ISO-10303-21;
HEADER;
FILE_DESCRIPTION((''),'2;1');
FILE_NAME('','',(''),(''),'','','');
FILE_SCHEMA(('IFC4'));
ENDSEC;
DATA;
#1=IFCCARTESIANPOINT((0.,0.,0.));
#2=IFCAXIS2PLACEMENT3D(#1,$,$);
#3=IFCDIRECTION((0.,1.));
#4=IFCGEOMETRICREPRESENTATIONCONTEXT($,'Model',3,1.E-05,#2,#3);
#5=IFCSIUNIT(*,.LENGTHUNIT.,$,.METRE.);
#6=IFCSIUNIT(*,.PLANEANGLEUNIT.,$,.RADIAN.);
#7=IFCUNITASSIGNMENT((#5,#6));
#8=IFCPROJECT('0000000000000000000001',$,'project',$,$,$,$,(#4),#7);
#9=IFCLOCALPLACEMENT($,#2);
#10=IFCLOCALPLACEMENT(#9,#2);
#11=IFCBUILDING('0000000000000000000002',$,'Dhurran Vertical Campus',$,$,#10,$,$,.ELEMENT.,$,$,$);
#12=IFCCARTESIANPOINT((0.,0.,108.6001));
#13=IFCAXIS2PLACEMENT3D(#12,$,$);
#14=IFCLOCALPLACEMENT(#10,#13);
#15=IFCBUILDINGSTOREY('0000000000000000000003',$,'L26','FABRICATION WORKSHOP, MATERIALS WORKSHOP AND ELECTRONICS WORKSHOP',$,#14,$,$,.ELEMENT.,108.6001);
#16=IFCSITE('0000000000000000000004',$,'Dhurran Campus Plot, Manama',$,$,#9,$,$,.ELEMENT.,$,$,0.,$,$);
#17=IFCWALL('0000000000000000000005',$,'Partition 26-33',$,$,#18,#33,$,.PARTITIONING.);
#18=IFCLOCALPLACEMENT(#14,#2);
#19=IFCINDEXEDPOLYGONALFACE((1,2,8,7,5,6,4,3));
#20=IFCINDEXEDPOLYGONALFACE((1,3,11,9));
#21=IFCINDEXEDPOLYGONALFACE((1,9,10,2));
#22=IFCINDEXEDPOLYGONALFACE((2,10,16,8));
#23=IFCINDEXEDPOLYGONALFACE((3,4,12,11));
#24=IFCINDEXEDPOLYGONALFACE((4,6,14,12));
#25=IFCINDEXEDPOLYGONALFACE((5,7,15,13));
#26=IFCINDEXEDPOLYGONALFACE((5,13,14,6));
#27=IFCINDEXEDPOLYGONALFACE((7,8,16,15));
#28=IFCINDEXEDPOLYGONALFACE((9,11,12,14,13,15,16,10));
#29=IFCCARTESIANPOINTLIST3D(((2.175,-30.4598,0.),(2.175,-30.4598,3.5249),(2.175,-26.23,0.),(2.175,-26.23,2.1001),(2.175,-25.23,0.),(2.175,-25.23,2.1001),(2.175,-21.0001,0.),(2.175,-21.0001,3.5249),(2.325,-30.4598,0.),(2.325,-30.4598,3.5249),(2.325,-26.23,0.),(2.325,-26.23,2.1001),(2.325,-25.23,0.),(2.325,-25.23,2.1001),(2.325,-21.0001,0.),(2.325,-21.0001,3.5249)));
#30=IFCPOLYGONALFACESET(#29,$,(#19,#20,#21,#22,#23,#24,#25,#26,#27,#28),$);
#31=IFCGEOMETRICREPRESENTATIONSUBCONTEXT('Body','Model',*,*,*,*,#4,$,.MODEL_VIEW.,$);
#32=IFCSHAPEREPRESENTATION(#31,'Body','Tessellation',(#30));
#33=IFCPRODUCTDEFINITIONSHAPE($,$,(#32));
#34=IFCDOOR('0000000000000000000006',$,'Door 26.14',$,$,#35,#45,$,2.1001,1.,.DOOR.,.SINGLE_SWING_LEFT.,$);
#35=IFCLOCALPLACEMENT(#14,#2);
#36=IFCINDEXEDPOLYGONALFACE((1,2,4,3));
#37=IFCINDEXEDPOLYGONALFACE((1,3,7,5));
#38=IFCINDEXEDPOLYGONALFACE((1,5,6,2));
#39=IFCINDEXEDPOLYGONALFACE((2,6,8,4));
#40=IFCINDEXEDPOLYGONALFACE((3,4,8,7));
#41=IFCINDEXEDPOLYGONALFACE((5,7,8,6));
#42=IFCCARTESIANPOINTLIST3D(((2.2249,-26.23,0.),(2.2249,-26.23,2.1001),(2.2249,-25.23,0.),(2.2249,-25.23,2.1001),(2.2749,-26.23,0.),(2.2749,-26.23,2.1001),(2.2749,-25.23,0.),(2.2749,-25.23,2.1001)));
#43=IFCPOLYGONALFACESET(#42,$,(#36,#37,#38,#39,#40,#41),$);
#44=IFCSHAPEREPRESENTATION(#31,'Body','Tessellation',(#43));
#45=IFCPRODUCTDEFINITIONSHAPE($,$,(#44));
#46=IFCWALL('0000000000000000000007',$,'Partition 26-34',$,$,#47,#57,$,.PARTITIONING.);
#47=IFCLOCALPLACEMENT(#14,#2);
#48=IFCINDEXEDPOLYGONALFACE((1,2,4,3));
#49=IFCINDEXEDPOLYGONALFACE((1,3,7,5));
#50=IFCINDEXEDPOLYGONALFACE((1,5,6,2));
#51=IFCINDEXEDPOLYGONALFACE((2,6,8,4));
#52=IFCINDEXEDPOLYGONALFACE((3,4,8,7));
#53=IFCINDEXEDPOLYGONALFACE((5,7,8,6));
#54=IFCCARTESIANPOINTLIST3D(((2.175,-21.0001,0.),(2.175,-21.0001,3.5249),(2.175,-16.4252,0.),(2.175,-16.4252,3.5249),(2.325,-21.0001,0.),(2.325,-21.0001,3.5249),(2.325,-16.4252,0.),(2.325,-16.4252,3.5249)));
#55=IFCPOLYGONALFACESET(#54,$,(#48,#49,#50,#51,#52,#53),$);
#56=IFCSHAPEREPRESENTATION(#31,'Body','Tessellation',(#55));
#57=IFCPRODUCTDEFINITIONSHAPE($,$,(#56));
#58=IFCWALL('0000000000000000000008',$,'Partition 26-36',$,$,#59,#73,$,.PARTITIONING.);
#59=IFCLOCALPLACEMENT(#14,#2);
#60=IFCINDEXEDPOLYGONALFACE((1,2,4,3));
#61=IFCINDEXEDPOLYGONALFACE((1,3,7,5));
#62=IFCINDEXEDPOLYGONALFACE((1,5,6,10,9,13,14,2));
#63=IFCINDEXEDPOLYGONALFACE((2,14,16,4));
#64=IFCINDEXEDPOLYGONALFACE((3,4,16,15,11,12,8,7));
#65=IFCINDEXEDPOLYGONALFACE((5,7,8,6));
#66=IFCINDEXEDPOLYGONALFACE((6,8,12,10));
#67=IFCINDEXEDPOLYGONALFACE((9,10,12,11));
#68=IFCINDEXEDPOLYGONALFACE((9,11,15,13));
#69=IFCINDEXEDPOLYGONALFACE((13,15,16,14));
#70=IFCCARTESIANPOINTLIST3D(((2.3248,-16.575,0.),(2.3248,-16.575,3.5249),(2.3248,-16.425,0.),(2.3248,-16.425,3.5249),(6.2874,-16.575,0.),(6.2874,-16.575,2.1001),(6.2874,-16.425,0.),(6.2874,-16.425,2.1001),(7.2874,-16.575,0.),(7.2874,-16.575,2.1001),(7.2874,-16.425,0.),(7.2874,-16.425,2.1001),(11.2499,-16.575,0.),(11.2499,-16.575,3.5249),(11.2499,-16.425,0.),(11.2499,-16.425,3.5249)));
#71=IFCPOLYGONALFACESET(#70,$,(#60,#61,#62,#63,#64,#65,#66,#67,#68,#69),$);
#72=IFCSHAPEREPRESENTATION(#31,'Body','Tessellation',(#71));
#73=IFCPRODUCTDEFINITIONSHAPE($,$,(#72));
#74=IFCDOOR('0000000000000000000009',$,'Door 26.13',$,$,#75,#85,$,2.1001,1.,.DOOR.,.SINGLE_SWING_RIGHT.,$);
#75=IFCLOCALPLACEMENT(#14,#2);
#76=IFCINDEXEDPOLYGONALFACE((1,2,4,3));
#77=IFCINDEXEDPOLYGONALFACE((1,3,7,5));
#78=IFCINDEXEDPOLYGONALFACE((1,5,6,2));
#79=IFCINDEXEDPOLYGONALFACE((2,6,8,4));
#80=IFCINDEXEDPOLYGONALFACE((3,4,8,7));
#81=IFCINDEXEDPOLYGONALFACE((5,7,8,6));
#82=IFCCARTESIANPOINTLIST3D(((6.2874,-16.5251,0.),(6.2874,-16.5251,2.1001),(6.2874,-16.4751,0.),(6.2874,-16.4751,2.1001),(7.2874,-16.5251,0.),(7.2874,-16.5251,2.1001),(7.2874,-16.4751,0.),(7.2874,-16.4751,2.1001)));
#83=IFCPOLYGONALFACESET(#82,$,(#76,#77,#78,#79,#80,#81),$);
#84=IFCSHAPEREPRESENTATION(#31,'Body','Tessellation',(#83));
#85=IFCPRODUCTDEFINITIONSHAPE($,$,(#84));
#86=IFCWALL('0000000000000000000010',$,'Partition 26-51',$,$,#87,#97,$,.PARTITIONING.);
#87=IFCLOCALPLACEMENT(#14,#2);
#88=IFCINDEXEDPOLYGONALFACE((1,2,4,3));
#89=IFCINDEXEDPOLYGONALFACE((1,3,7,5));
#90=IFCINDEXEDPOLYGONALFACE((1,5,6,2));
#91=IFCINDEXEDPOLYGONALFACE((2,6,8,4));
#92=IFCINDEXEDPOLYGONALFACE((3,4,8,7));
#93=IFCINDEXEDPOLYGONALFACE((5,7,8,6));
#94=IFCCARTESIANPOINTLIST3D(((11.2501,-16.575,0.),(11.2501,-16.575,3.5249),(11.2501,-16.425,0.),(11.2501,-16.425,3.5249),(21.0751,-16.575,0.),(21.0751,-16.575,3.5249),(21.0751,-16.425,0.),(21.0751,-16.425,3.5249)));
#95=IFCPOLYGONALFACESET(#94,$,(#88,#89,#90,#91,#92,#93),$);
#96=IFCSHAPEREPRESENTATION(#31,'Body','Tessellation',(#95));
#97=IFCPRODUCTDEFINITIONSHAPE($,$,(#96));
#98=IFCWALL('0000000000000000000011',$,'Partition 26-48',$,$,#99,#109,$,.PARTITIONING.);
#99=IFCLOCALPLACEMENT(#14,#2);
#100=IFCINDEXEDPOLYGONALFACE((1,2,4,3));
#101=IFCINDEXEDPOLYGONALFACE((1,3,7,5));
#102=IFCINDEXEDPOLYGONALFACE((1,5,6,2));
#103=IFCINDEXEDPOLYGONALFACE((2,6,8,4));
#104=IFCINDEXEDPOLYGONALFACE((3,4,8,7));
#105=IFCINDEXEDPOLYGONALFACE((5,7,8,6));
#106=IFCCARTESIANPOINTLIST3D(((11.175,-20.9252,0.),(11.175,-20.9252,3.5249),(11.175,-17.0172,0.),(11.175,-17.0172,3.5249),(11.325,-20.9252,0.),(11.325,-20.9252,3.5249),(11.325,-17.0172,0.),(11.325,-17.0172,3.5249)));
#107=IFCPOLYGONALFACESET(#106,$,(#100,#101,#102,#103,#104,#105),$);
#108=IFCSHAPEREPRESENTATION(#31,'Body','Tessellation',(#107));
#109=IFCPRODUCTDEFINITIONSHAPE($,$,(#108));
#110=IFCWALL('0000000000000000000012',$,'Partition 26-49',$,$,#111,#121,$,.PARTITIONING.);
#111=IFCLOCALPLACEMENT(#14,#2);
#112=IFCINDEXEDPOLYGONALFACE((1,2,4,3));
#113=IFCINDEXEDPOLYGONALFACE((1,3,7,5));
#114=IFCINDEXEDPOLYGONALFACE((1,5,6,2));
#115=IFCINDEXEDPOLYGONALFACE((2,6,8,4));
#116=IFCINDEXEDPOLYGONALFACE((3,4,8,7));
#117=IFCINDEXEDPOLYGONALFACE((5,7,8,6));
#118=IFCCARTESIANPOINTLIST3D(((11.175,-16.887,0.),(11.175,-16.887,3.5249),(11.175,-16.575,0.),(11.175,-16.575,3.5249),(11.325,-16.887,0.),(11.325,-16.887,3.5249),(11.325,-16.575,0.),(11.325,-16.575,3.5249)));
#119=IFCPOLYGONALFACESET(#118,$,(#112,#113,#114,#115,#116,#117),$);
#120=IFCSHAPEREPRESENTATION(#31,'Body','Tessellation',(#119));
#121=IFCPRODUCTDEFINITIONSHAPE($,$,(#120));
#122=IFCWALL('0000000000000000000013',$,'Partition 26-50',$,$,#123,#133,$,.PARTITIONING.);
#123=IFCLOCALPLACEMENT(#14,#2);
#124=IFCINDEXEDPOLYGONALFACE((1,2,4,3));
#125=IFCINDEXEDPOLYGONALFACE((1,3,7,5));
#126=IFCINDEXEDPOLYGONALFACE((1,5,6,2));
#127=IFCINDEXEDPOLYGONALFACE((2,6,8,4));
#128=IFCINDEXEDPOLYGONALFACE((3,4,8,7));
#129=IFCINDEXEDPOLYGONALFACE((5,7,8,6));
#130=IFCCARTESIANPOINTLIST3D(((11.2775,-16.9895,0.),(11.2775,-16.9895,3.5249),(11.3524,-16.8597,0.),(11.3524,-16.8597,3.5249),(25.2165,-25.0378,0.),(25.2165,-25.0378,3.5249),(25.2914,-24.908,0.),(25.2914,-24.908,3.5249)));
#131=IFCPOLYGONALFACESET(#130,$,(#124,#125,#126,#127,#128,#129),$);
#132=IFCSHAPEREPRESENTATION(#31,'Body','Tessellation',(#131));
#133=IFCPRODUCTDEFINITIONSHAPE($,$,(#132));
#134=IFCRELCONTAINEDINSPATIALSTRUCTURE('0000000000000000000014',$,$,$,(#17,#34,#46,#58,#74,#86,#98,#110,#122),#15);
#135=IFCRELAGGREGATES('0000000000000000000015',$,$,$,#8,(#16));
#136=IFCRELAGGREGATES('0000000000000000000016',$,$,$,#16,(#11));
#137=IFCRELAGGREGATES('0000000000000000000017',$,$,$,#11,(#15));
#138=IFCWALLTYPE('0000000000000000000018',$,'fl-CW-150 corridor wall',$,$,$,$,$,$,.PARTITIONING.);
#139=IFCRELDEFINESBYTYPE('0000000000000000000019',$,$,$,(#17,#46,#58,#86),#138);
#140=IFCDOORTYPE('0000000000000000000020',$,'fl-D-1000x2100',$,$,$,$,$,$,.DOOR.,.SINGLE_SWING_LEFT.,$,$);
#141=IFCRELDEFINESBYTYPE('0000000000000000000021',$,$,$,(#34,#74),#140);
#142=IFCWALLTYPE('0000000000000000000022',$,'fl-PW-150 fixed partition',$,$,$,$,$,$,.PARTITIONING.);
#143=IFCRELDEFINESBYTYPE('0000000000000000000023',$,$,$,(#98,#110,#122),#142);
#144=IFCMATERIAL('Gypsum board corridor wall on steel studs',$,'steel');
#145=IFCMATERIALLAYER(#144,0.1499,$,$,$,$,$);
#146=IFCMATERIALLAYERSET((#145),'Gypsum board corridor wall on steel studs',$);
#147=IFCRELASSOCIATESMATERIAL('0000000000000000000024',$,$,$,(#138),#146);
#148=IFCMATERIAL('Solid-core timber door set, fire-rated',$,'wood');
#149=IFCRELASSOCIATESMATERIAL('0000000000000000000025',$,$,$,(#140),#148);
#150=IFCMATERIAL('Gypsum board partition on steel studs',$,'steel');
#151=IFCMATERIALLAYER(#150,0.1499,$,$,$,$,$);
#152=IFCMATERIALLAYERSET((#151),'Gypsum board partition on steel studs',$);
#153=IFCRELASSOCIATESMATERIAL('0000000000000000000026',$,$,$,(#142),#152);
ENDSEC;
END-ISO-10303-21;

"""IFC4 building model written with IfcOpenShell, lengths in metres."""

from ifc_helpers import new_model, si_unit, direction, frame, frame_2d, origin, place, context, subcontext, project, spatial, rectangle, extrude, material, layer, layer_set, type_object, element, fill, save


model = new_model("IFC4")

# Units and contexts
model_context = context("Model", 3, precision=1e-05, world=origin(), true_north=direction((0.0, 1.0)))
body_context = subcontext(model_context, "Body", "Model", "MODEL_VIEW")
ifc_project = project(units=[si_unit("LENGTHUNIT", "METRE"), si_unit("PLANEANGLEUNIT", "RADIAN")], contexts=[model_context])

# Site, building, storey
site_placement = place(None, origin())
site = spatial("IfcSite", under=ifc_project, at=site_placement, Name="Dhurran Campus Plot, Manama", CompositionType="ELEMENT", RefElevation=0.0)
building_placement = place(site_placement, origin())
building = spatial("IfcBuilding", under=site, at=building_placement, Name="Dhurran Vertical Campus", CompositionType="ELEMENT")
storey_placement = place(building_placement, frame((0.0, 0.0, 108.6001)))
storey = spatial("IfcBuildingStorey", under=building, at=storey_placement, Name="L26", Description="FABRICATION WORKSHOP, MATERIALS WORKSHOP AND ELECTRONICS WORKSHOP", CompositionType="ELEMENT", Elevation=108.6001)

# Wall, opening, door
ifc_material_1 = material(Name="Gypsum board corridor wall on steel studs", Category="steel")
ifc_layer_1 = layer(ifc_material_1, 0.1499)
ifc_layer_set_1 = layer_set([ifc_layer_1], Name="Gypsum board corridor wall on steel studs")
wall_type_1 = type_object("IfcWallType", Name="fl-CW-150 corridor wall", PredefinedType="PARTITIONING", material=ifc_layer_set_1)
wall_1_placement = place(storey_placement, frame((2.25, -21.0, 0.0), z_axis=(0.0, 0.0, 1.0), x_axis=(0.0, -1.0, 0.0)))
wall_1 = element("IfcWall", 1, at=wall_1_placement, inside=storey, type_object=wall_type_1, Name="Partition 26-33", PredefinedType="PARTITIONING", context=body_context, shape_type="SweptSolid", body=[
    extrude(rectangle(XDim=9.4597, YDim=0.1499, at=frame_2d((4.73, 0.0))), origin(), (0.0, 0.0, 1.0), 3.5249),
])
opening_1_placement = place(wall_1_placement, frame((4.23, 0.0, 0.0)))
opening_1 = element("IfcOpeningElement", 2, at=opening_1_placement, cuts=wall_1, PredefinedType="OPENING", context=body_context, shape_type="SweptSolid", body=[
    extrude(rectangle(XDim=1.0, YDim=2.1001, at=frame_2d((0.5, 1.05))), frame((0.0, 0.085, 0.0), z_axis=(0.0, -1.0, 0.0), x_axis=(1.0, 0.0, 0.0)), (0.0, 0.0, 1.0), 0.1699),
])
ifc_material_2 = material(Name="Solid-core timber door set, fire-rated", Category="wood")
door_type_1 = type_object("IfcDoorType", Name="fl-D-1000x2100", OperationType="SINGLE_SWING_LEFT", PredefinedType="DOOR", material=ifc_material_2)
door_1_placement = place(opening_1_placement, origin())
door_1 = element("IfcDoor", 3, at=door_1_placement, inside=storey, type_object=door_type_1, Name="Door 26.14", OperationType="SINGLE_SWING_LEFT", OverallHeight=2.1001, OverallWidth=1.0, PredefinedType="DOOR", context=body_context, shape_type="SweptSolid", body=[
    extrude(rectangle(XDim=1.0, YDim=2.1001, at=frame_2d((0.5, 1.05))), frame((0.0, 0.0249, 0.0), z_axis=(0.0, -1.0, 0.0), x_axis=(1.0, 0.0, 0.0)), (0.0, 0.0, 1.0), 0.05),
])
fill(opening_1, door_1)

# Wall
wall_2_placement = place(storey_placement, frame((2.25, -16.425, 0.0), z_axis=(0.0, 0.0, 1.0), x_axis=(0.0, -1.0, 0.0)))
element("IfcWall", 4, at=wall_2_placement, inside=storey, type_object=wall_type_1, Name="Partition 26-34", PredefinedType="PARTITIONING", context=body_context, shape_type="SweptSolid", body=[
    extrude(rectangle(XDim=4.575, YDim=0.1499, at=frame_2d((2.2876, 0.0))), origin(), (0.0, 0.0, 1.0), 3.5249),
])

# Wall, opening, door
wall_3_placement = place(storey_placement, frame((2.325, -16.5, 0.0), z_axis=(0.0, 0.0, 1.0), x_axis=(1.0, 0.0, 0.0)))
wall_3 = element("IfcWall", 5, at=wall_3_placement, inside=storey, type_object=wall_type_1, Name="Partition 26-36", PredefinedType="PARTITIONING", context=body_context, shape_type="SweptSolid", body=[
    extrude(rectangle(XDim=8.925, YDim=0.1499, at=frame_2d((4.4624, 0.0))), origin(), (0.0, 0.0, 1.0), 3.5249),
])
opening_2_placement = place(wall_3_placement, frame((3.9624, 0.0, 0.0)))
opening_2 = element("IfcOpeningElement", 6, at=opening_2_placement, cuts=wall_3, PredefinedType="OPENING", context=body_context, shape_type="SweptSolid", body=[
    extrude(rectangle(XDim=1.0, YDim=2.1001, at=frame_2d((0.5, 1.05))), frame((0.0, 0.085, 0.0), z_axis=(0.0, -1.0, 0.0), x_axis=(1.0, 0.0, 0.0)), (0.0, 0.0, 1.0), 0.1699),
])
door_2_placement = place(opening_2_placement, origin())
door_2 = element("IfcDoor", 7, at=door_2_placement, inside=storey, type_object=door_type_1, Name="Door 26.13", OperationType="SINGLE_SWING_RIGHT", OverallHeight=2.1001, OverallWidth=1.0, PredefinedType="DOOR", context=body_context, shape_type="SweptSolid", body=[
    extrude(rectangle(XDim=1.0, YDim=2.1001, at=frame_2d((0.5, 1.05))), frame((0.0, 0.0249, 0.0), z_axis=(0.0, -1.0, 0.0), x_axis=(1.0, 0.0, 0.0)), (0.0, 0.0, 1.0), 0.05),
])
fill(opening_2, door_2)

# Walls
wall_4_placement = place(storey_placement, frame((11.25, -16.5, 0.0), z_axis=(0.0, 0.0, 1.0), x_axis=(1.0, 0.0, 0.0)))
element("IfcWall", 8, at=wall_4_placement, inside=storey, type_object=wall_type_1, Name="Partition 26-51", PredefinedType="PARTITIONING", context=body_context, shape_type="SweptSolid", body=[
    extrude(rectangle(XDim=9.825, YDim=0.1499, at=frame_2d((4.9126, 0.0))), origin(), (0.0, 0.0, 1.0), 3.5249),
])
ifc_material_3 = material(Name="Gypsum board partition on steel studs", Category="steel")
ifc_layer_2 = layer(ifc_material_3, 0.1499)
ifc_layer_set_2 = layer_set([ifc_layer_2], Name="Gypsum board partition on steel studs")
wall_type_2 = type_object("IfcWallType", Name="fl-PW-150 fixed partition", PredefinedType="PARTITIONING", material=ifc_layer_set_2)
wall_5_placement = place(storey_placement, frame((11.25, -17.0171, 0.0), z_axis=(0.0, 0.0, 1.0), x_axis=(0.0, -1.0, 0.0)))
element("IfcWall", 9, at=wall_5_placement, inside=storey, type_object=wall_type_2, Name="Partition 26-48", PredefinedType="PARTITIONING", context=body_context, shape_type="SweptSolid", body=[
    extrude(rectangle(XDim=3.908, YDim=0.1499, at=frame_2d((1.9541, 0.0))), origin(), (0.0, 0.0, 1.0), 3.5249),
])
wall_6_placement = place(storey_placement, frame((11.25, -16.575, 0.0), z_axis=(0.0, 0.0, 1.0), x_axis=(0.0, -1.0, 0.0)))
element("IfcWall", 10, at=wall_6_placement, inside=storey, type_object=wall_type_2, Name="Partition 26-49", PredefinedType="PARTITIONING", context=body_context, shape_type="SweptSolid", body=[
    extrude(rectangle(XDim=0.312, YDim=0.1499, at=frame_2d((0.156, 0.0))), origin(), (0.0, 0.0, 1.0), 3.5249),
])
wall_7_placement = place(storey_placement, frame((11.3149, -16.9246, 0.0), z_axis=(0.0, 0.0, 1.0), x_axis=(0.866007, -0.500031, 0.0)))
element("IfcWall", 11, at=wall_7_placement, inside=storey, type_object=wall_type_2, Name="Partition 26-50", PredefinedType="PARTITIONING", context=body_context, shape_type="SweptSolid", body=[
    extrude(rectangle(XDim=16.0957, YDim=0.1499, at=frame_2d((8.0479, 0.0))), origin(), (0.0, 0.0, 1.0), 3.5249),
])

save(model, "model.ifc")
